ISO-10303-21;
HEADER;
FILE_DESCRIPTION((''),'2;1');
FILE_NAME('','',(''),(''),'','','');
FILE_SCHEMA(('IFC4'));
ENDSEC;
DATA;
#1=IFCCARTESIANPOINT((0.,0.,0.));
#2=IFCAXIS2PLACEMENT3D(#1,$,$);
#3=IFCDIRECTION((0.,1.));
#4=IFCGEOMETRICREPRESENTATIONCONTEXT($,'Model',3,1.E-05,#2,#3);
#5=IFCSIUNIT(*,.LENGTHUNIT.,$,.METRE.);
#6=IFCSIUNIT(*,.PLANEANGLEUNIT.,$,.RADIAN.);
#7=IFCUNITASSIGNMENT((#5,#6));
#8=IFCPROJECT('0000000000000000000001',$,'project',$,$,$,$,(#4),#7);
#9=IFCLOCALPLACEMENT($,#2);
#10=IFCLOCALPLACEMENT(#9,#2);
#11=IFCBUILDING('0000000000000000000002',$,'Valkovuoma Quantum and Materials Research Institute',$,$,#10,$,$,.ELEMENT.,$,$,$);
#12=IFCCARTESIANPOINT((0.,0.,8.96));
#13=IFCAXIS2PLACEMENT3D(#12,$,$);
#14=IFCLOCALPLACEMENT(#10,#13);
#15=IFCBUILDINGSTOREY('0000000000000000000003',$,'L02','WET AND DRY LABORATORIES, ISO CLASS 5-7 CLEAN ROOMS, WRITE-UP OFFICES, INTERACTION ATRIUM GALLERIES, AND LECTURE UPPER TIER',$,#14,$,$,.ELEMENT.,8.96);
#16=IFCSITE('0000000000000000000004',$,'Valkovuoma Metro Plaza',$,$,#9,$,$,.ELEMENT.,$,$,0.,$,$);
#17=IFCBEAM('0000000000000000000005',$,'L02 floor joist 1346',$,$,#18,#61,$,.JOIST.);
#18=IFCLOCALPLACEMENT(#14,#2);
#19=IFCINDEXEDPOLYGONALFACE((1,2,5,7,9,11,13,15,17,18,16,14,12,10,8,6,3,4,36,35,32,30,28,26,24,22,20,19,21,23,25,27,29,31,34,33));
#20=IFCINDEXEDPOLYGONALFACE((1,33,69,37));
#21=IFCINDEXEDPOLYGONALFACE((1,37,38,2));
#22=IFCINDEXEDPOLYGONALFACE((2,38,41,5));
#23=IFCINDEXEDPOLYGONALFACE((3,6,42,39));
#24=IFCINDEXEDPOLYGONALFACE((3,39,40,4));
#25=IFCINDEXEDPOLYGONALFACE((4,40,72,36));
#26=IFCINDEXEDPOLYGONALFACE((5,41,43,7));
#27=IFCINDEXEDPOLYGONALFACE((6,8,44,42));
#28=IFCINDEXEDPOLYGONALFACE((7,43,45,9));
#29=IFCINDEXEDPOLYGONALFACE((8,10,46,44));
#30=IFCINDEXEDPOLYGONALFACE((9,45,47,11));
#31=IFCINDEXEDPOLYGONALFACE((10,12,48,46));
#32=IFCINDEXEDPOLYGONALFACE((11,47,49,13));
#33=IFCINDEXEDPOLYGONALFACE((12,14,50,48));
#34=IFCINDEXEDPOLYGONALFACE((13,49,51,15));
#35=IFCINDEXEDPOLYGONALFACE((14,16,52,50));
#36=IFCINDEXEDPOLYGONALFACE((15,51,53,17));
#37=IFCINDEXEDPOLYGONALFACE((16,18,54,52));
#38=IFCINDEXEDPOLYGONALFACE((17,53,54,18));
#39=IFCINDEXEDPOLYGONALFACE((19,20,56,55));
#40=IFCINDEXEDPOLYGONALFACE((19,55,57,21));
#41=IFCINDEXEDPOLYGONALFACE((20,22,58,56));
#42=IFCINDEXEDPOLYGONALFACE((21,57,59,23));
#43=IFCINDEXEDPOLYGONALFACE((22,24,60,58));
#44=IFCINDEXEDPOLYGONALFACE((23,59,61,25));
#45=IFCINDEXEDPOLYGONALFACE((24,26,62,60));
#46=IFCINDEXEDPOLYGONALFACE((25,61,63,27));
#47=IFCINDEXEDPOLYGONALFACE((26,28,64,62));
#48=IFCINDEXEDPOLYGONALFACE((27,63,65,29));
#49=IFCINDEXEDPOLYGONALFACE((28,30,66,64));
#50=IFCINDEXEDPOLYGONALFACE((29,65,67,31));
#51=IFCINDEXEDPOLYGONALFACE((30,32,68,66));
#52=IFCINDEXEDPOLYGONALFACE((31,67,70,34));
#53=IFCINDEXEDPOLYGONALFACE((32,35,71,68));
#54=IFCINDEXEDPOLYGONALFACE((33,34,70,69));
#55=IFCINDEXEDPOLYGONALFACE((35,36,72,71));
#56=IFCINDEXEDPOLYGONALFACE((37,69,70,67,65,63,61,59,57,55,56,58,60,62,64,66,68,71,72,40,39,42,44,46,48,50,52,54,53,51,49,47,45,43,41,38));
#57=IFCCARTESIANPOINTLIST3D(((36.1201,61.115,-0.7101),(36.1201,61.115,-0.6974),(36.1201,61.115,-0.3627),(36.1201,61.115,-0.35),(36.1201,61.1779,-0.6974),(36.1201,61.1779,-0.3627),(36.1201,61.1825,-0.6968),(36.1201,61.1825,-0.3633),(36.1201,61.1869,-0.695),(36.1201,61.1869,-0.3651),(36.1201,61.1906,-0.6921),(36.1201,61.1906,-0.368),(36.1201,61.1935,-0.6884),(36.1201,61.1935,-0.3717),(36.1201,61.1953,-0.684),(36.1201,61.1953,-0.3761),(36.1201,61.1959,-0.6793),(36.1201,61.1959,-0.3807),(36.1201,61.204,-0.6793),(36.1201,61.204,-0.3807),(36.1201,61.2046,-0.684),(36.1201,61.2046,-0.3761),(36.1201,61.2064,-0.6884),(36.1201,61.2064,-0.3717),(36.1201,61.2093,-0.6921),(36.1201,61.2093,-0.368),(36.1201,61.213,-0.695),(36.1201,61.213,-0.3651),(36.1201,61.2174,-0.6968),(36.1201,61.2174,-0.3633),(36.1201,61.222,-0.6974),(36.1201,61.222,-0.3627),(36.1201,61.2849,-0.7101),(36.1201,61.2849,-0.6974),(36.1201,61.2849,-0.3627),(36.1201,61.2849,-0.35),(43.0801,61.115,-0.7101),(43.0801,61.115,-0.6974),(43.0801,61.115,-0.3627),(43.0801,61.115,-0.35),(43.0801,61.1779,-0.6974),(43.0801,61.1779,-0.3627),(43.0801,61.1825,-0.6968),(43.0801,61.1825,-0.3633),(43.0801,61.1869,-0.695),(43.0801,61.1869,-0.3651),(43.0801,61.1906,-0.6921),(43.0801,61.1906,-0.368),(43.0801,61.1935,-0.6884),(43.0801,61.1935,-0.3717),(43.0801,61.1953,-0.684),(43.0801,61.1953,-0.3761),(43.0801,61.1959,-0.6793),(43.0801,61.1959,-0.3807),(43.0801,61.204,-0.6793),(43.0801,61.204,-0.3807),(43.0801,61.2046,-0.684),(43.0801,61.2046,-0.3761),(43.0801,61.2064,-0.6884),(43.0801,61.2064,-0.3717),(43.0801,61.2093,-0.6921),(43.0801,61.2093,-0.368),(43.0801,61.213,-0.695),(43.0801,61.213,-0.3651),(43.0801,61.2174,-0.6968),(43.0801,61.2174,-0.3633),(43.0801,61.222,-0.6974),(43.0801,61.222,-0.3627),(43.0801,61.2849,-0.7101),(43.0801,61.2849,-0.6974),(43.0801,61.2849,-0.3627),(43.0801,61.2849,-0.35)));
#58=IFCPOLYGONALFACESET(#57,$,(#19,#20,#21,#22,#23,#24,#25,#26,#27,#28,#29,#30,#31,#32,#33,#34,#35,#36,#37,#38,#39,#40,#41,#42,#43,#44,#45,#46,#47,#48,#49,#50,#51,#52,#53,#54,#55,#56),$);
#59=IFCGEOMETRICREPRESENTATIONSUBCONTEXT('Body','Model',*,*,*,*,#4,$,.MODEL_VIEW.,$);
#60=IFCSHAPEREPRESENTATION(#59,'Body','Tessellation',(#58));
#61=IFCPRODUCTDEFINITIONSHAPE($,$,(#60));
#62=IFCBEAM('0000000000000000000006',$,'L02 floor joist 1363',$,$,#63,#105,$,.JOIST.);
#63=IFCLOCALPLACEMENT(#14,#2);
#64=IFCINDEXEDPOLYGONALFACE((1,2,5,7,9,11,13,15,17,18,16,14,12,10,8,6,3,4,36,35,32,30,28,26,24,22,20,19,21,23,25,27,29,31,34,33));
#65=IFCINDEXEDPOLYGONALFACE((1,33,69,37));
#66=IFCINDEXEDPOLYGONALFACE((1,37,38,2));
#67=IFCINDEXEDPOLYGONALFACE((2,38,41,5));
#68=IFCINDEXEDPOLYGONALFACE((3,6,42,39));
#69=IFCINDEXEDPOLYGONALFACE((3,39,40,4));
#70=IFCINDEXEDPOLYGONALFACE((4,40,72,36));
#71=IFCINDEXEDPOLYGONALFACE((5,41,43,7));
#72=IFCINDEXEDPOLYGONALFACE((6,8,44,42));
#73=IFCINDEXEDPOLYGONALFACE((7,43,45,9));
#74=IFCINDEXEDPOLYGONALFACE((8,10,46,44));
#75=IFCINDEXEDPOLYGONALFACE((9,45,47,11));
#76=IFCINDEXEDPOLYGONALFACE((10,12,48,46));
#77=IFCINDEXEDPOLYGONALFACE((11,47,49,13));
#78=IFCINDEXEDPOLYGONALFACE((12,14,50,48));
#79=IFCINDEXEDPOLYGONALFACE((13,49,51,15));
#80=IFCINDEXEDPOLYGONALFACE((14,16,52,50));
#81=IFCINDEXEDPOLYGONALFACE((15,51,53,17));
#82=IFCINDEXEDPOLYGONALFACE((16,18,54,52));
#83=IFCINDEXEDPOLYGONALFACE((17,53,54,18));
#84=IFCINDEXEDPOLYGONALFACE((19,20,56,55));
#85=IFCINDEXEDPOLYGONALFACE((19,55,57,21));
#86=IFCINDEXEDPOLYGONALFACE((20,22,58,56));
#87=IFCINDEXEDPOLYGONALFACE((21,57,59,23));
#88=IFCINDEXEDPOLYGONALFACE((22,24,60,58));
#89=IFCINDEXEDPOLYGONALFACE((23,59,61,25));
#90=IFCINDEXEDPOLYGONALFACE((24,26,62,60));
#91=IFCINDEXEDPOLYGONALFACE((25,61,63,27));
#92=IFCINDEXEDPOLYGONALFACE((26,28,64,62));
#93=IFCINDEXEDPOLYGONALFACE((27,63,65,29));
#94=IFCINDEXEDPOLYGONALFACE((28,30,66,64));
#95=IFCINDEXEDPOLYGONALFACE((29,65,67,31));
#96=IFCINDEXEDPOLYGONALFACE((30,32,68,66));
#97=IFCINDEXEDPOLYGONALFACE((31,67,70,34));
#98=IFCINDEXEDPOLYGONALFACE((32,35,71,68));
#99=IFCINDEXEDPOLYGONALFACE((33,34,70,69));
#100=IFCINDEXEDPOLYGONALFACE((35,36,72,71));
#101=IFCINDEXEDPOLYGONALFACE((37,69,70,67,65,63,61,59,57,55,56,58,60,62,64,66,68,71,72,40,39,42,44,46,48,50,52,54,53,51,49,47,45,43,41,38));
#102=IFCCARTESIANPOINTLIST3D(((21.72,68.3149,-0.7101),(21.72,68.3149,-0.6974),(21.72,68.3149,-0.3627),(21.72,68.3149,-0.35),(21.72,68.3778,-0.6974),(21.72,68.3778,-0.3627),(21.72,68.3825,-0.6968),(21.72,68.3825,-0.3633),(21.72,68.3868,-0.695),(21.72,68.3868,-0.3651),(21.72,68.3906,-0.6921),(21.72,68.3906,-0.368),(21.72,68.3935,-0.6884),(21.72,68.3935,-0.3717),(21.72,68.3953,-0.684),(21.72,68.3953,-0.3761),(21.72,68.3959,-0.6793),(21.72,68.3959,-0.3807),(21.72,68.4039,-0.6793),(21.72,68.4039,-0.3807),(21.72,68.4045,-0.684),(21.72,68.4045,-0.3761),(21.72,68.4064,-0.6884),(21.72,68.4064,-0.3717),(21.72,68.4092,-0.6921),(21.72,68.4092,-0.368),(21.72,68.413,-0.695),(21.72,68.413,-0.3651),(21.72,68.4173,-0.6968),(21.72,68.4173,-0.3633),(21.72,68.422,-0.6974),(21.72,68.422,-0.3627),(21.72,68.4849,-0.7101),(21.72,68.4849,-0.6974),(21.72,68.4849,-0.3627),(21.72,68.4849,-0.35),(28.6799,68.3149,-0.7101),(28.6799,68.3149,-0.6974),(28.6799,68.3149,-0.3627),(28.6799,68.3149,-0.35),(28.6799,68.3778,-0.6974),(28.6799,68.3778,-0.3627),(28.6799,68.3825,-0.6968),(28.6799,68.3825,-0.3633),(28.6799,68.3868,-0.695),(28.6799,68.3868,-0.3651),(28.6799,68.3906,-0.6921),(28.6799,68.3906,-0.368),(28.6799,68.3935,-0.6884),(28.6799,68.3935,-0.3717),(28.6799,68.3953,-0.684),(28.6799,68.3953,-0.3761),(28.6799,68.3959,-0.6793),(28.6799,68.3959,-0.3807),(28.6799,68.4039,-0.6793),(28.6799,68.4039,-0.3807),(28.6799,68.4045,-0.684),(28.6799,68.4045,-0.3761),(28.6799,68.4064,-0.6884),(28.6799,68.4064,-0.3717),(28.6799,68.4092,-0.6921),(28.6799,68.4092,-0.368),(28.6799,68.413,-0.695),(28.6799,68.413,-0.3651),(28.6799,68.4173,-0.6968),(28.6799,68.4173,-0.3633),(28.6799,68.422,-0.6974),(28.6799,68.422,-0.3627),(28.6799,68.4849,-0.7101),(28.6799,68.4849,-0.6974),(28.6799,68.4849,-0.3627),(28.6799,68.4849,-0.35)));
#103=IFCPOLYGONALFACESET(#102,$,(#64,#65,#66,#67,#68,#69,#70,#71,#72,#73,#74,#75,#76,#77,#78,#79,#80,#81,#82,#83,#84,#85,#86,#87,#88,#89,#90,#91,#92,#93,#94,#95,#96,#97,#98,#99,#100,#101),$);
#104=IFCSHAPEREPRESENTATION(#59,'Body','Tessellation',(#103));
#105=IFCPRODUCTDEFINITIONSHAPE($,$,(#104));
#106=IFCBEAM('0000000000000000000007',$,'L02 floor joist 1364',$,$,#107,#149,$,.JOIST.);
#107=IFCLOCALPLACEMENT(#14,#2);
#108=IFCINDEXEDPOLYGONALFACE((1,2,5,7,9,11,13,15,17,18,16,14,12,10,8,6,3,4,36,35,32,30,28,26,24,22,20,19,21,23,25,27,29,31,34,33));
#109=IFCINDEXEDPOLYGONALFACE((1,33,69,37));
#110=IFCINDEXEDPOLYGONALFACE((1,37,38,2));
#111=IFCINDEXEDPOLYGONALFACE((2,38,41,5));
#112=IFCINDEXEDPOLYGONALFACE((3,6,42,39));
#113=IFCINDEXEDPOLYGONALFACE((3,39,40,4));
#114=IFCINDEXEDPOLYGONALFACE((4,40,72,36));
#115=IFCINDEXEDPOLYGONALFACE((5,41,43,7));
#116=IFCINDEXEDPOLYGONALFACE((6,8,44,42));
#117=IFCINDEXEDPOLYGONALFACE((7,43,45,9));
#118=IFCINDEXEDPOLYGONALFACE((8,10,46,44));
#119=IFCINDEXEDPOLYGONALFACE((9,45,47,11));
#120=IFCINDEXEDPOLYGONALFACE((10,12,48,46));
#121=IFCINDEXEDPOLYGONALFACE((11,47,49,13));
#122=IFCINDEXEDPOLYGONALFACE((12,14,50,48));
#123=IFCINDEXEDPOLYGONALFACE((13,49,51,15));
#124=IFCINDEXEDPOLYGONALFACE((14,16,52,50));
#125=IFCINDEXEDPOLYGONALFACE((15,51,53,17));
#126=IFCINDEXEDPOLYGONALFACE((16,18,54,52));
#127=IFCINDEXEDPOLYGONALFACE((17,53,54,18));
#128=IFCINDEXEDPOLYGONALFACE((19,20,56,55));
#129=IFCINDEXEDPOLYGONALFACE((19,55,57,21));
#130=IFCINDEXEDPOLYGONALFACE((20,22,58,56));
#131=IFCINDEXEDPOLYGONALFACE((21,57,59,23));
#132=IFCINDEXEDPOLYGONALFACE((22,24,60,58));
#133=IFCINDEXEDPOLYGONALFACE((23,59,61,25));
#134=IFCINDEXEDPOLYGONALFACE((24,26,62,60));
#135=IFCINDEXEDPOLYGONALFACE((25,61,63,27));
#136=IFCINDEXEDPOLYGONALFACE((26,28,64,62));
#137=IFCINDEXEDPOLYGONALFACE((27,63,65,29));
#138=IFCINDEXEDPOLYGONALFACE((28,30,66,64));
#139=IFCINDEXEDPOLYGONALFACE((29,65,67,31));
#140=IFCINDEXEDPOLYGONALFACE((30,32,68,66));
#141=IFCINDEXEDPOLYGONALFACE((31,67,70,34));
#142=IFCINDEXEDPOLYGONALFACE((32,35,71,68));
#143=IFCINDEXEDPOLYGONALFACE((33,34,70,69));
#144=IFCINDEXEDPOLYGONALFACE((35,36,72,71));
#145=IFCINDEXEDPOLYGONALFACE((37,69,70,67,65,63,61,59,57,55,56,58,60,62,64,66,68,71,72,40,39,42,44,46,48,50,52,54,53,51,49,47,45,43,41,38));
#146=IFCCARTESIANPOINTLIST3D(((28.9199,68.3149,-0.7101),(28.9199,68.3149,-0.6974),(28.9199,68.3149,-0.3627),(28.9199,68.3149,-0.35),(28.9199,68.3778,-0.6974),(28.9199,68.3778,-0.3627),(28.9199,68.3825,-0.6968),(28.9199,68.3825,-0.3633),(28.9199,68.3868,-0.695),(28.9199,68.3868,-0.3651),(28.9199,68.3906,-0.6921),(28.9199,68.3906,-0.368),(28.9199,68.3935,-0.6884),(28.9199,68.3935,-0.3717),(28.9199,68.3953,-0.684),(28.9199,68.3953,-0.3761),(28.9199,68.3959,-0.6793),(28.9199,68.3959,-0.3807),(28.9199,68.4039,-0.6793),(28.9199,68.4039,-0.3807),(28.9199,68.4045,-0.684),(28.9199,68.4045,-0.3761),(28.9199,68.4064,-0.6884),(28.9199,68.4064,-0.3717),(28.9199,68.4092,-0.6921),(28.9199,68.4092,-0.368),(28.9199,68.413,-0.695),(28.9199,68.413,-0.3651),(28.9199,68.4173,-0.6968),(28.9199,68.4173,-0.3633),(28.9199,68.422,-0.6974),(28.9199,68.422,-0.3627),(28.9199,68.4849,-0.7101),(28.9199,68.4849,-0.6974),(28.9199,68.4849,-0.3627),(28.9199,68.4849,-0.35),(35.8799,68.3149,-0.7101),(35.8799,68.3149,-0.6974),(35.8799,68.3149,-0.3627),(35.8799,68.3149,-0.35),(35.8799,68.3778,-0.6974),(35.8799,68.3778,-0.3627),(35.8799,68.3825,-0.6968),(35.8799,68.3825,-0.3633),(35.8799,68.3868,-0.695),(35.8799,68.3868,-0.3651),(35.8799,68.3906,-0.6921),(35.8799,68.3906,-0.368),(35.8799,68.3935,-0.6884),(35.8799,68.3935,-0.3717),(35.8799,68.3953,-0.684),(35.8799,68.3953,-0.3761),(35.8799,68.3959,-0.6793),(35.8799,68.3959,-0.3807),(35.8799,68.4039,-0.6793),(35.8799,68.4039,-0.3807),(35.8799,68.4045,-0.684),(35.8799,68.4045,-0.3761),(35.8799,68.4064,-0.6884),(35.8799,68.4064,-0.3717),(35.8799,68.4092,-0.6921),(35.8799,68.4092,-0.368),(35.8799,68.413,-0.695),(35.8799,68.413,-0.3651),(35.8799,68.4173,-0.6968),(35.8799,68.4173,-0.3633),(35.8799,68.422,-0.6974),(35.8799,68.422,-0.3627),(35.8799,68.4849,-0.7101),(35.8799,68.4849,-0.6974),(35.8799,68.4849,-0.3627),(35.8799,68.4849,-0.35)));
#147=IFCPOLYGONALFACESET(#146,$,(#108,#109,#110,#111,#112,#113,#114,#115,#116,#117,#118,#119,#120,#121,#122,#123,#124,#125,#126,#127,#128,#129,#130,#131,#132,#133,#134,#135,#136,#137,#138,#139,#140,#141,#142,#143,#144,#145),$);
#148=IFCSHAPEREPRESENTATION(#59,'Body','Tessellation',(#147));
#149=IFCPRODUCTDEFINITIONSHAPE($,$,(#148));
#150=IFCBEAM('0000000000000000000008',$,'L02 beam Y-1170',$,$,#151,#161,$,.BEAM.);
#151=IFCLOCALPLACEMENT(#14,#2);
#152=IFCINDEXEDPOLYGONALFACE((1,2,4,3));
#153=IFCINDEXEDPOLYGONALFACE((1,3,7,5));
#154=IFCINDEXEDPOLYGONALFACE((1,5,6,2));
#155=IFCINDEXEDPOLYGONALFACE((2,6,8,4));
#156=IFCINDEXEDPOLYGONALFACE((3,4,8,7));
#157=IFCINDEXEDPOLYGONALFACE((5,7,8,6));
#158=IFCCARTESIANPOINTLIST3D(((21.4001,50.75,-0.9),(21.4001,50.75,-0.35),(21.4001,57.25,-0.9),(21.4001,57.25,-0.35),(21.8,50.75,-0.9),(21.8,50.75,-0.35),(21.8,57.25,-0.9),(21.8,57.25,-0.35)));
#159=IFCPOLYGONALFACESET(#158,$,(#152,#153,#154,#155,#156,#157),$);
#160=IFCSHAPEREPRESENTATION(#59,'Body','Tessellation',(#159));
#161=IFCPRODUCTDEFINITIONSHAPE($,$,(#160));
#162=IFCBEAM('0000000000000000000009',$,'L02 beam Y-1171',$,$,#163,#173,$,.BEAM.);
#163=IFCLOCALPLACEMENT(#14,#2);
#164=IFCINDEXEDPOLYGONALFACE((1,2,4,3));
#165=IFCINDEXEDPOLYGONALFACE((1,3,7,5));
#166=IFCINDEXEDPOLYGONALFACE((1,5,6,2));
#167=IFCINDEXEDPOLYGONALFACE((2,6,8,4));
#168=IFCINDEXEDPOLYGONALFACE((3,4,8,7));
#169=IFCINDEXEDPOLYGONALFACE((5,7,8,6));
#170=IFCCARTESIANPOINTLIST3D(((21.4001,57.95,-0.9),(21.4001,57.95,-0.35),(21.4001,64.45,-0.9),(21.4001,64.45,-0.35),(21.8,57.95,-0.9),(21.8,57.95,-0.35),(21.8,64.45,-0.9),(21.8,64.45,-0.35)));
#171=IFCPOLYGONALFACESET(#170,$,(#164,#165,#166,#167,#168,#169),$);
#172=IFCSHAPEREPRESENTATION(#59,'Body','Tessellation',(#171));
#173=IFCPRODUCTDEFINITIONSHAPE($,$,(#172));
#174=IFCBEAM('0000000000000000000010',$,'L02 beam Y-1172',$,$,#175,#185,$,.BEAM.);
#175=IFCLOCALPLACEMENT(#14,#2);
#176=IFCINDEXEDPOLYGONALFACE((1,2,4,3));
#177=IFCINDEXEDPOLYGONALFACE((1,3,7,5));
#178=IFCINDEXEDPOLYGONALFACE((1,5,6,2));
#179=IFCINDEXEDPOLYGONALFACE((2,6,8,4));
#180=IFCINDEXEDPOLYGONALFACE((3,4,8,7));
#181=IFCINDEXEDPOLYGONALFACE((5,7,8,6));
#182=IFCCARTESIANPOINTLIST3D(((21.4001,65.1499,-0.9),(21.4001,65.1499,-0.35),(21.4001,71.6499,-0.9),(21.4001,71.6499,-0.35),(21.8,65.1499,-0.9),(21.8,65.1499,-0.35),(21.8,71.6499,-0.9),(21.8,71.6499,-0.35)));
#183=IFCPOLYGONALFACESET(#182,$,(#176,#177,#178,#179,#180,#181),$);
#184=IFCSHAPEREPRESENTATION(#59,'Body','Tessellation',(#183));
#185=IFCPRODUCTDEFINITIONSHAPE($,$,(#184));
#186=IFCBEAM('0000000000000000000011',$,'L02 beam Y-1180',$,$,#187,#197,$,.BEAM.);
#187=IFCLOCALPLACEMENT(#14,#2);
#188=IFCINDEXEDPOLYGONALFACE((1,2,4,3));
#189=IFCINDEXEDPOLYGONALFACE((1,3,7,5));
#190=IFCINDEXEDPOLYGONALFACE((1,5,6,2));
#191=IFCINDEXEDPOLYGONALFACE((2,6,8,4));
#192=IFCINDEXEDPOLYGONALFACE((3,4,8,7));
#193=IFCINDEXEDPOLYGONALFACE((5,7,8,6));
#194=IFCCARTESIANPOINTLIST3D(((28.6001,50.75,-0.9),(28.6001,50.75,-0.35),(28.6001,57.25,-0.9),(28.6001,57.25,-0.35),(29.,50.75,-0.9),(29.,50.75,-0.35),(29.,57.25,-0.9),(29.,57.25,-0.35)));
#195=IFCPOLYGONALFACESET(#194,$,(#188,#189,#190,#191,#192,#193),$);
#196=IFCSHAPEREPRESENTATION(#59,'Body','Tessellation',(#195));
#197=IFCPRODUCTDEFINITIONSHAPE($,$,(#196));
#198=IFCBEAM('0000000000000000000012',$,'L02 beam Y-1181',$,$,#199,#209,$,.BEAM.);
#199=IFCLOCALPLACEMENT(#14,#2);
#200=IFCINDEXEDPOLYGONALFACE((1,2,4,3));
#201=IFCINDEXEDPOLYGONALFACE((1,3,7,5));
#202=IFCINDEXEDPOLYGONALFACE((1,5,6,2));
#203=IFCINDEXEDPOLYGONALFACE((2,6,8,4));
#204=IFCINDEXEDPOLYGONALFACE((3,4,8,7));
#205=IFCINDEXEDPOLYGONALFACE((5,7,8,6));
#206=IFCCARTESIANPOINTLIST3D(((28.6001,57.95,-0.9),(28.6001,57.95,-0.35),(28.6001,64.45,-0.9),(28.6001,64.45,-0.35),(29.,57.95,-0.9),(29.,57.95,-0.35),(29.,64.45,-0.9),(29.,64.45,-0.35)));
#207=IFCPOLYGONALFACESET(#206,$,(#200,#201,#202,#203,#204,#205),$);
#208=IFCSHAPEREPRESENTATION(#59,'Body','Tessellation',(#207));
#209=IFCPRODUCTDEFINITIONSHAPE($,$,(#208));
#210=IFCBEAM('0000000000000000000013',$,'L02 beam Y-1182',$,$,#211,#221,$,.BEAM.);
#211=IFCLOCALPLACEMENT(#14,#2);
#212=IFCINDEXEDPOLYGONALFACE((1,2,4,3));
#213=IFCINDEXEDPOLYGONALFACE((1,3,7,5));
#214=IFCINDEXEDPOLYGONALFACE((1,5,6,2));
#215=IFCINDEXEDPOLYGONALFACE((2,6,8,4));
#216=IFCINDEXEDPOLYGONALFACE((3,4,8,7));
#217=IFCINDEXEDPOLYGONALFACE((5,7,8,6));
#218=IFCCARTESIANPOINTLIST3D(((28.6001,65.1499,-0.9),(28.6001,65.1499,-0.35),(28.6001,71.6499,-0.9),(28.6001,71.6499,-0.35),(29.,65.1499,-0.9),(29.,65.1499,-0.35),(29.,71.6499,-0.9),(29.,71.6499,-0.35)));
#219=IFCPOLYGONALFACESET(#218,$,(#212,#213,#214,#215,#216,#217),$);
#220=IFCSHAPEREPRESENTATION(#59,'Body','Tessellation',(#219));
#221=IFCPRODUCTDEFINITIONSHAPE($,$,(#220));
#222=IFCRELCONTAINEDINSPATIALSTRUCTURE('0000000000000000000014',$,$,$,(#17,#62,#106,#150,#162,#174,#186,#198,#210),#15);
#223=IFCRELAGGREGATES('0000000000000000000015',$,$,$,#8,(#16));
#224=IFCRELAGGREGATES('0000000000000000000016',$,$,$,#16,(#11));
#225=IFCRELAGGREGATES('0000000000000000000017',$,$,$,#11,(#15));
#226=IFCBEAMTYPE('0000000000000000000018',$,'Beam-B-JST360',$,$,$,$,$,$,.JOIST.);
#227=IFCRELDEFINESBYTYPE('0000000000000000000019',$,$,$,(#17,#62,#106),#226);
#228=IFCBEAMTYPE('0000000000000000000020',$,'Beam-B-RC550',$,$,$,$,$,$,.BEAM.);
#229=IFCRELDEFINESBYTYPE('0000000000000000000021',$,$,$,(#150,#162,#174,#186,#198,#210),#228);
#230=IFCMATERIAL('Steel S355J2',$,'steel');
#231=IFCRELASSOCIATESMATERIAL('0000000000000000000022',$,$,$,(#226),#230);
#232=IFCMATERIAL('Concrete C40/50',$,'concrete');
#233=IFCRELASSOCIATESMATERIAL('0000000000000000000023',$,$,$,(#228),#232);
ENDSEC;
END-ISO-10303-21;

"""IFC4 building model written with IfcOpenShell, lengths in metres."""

from ifc_helpers import new_model, si_unit, direction, frame, origin, origin_2d, place, context, subcontext, project, spatial, rectangle, i_section, extrude, material, material_profile, profile_set, type_object, element, save


model = new_model("IFC4")

# Units and contexts
model_context = context("Model", 3, precision=1e-05, world=origin(), true_north=direction((0.0, 1.0)))
body_context = subcontext(model_context, "Body", "Model", "MODEL_VIEW")
ifc_project = project(units=[si_unit("LENGTHUNIT", "METRE"), si_unit("PLANEANGLEUNIT", "RADIAN")], contexts=[model_context])

# Site, building, storey
site_placement = place(None, origin())
site = spatial("IfcSite", under=ifc_project, at=site_placement, Name="Valkovuoma Metro Plaza", CompositionType="ELEMENT", RefElevation=0.0)
building_placement = place(site_placement, origin())
building = spatial("IfcBuilding", under=site, at=building_placement, Name="Valkovuoma Quantum and Materials Research Institute", CompositionType="ELEMENT")
storey_placement = place(building_placement, frame((0.0, 0.0, 8.96)))
storey = spatial("IfcBuildingStorey", under=building, at=storey_placement, Name="L02", Description="WET AND DRY LABORATORIES, ISO CLASS 5-7 CLEAN ROOMS, WRITE-UP OFFICES, INTERACTION ATRIUM GALLERIES, AND LECTURE UPPER TIER", CompositionType="ELEMENT", Elevation=8.96)

# Beams
ifc_material_1 = material(Name="Steel S355J2", Category="steel")
ifc_material_profile_1 = material_profile(ifc_material_1, i_section(OverallWidth=0.1699, OverallDepth=0.3601, WebThickness=0.0081, FlangeThickness=0.0127, FilletRadius=0.0181, at=origin_2d()), Name="Steel S355J2")
ifc_profile_set_1 = profile_set([ifc_material_profile_1], Name="Steel S355J2")
beam_type_1 = type_object("IfcBeamType", Name="Beam-B-JST360", PredefinedType="JOIST", material=ifc_profile_set_1)
for number, where, z_axis, x_axis, name in (
    (1, (36.1201, 61.2, -0.53), (1.0, 0.0, 0.0), (0.0, 1.0, 0.0), "L02 floor joist 1346"),
    (2, (21.72, 68.3999, -0.53), (1.0, 0.0, 0.0), (0.0, 1.0, 0.0), "L02 floor joist 1363"),
    (3, (28.9199, 68.3999, -0.53), (1.0, 0.0, 0.0), (0.0, 1.0, 0.0), "L02 floor joist 1364"),
):
    element("IfcBeam", number, at=place(storey_placement, frame(where, z_axis=z_axis, x_axis=x_axis)), inside=storey, type_object=beam_type_1, Name=name, PredefinedType="JOIST", context=body_context, shape_type="SweptSolid", body=[
        extrude(i_section(OverallWidth=0.1699, OverallDepth=0.3601, WebThickness=0.0081, FlangeThickness=0.0127, FilletRadius=0.0181, at=origin_2d()), origin(), (0.0, 0.0, 1.0), 6.96),
    ])
ifc_material_2 = material(Name="Concrete C40/50", Category="concrete")
ifc_material_profile_2 = material_profile(ifc_material_2, rectangle(XDim=0.3999, YDim=0.55, at=origin_2d()), Name="Concrete C40/50")
ifc_profile_set_2 = profile_set([ifc_material_profile_2], Name="Concrete C40/50")
beam_type_2 = type_object("IfcBeamType", Name="Beam-B-RC550", PredefinedType="BEAM", material=ifc_profile_set_2)
for number, where, z_axis, x_axis, name in (
    (4, (21.6001, 50.75, -0.625), (0.0, 1.0, 0.0), (-1.0, 0.0, 0.0), "L02 beam Y-1170"),
    (5, (21.6001, 57.95, -0.625), (0.0, 1.0, 0.0), (-1.0, 0.0, 0.0), "L02 beam Y-1171"),
    (6, (21.6001, 65.1499, -0.625), (0.0, 1.0, 0.0), (-1.0, 0.0, 0.0), "L02 beam Y-1172"),
    (7, (28.8, 50.75, -0.625), (0.0, 1.0, 0.0), (-1.0, 0.0, 0.0), "L02 beam Y-1180"),
    (8, (28.8, 57.95, -0.625), (0.0, 1.0, 0.0), (-1.0, 0.0, 0.0), "L02 beam Y-1181"),
    (9, (28.8, 65.1499, -0.625), (0.0, 1.0, 0.0), (-1.0, 0.0, 0.0), "L02 beam Y-1182"),
):
    element("IfcBeam", number, at=place(storey_placement, frame(where, z_axis=z_axis, x_axis=x_axis)), inside=storey, type_object=beam_type_2, Name=name, PredefinedType="BEAM", context=body_context, shape_type="SweptSolid", body=[
        extrude(rectangle(XDim=0.3999, YDim=0.55, at=origin_2d()), origin(), (0.0, 0.0, 1.0), 6.5),
    ])

save(model, "model.ifc")
